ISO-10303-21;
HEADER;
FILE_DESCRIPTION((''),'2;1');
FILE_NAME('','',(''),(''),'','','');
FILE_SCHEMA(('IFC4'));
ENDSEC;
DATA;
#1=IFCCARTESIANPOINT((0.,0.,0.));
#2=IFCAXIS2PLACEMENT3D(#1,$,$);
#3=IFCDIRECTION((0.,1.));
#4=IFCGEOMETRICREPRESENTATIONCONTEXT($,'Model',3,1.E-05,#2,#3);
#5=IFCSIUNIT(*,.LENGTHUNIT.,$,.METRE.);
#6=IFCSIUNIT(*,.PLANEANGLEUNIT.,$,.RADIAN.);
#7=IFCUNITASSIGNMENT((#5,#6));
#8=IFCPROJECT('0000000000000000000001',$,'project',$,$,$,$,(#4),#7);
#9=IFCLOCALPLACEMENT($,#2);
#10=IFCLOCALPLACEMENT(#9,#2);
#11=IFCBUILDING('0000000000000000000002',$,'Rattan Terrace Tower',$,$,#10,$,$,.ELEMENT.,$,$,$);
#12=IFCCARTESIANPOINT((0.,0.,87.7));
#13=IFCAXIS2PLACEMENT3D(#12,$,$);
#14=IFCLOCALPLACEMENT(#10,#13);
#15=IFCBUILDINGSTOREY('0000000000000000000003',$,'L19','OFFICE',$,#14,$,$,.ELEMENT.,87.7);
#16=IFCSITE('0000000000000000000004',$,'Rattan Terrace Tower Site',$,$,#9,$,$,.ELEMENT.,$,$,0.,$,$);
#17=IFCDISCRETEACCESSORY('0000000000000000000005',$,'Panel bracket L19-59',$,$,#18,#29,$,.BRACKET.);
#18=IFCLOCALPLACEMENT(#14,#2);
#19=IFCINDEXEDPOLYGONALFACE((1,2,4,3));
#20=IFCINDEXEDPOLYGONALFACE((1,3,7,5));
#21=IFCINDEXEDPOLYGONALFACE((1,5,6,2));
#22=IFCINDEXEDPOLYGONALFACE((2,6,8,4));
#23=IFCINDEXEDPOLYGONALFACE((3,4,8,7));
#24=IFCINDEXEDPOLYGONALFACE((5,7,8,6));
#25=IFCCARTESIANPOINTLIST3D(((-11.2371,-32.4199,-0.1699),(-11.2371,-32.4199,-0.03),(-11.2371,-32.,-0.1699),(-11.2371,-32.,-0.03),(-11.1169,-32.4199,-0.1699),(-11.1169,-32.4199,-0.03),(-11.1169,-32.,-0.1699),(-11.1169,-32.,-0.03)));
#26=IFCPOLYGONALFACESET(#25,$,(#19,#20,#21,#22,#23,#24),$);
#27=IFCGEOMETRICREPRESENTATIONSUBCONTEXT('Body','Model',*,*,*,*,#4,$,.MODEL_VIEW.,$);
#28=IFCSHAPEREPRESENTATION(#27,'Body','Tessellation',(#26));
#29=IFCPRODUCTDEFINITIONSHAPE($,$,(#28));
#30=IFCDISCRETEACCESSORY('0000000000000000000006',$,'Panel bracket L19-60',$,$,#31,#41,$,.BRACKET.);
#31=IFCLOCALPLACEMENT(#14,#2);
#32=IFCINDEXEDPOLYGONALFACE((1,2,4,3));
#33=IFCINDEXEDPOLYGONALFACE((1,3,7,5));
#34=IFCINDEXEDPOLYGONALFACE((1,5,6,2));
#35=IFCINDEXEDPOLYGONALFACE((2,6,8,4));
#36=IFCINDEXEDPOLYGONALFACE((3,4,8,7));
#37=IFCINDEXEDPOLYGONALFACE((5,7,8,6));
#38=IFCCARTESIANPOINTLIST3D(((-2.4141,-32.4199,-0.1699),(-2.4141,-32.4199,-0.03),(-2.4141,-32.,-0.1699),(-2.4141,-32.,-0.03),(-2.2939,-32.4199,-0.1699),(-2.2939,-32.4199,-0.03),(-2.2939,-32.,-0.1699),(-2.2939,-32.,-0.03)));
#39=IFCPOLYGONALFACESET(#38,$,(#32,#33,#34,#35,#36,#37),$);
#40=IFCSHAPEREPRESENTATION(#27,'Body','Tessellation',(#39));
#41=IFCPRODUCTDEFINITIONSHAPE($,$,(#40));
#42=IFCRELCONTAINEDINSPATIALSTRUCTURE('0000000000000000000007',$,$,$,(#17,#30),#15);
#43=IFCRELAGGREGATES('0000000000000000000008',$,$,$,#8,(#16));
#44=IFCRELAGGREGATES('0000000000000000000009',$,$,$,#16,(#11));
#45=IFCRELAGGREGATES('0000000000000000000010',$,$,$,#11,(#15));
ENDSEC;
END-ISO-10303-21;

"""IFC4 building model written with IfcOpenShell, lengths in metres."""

from ifc_helpers import new_model, si_unit, direction, frame, origin, origin_2d, place, context, subcontext, project, spatial, rectangle, extrude, element, save


model = new_model("IFC4")

# Units and contexts
model_context = context("Model", 3, precision=1e-05, world=origin(), true_north=direction((0.0, 1.0)))
body_context = subcontext(model_context, "Body", "Model", "MODEL_VIEW")
ifc_project = project(units=[si_unit("LENGTHUNIT", "METRE"), si_unit("PLANEANGLEUNIT", "RADIAN")], contexts=[model_context])

# Site, building, storey
site_placement = place(None, origin())
site = spatial("IfcSite", under=ifc_project, at=site_placement, Name="Rattan Terrace Tower Site", CompositionType="ELEMENT", RefElevation=0.0)
building_placement = place(site_placement, origin())
building = spatial("IfcBuilding", under=site, at=building_placement, Name="Rattan Terrace Tower", CompositionType="ELEMENT")
storey_placement = place(building_placement, frame((0.0, 0.0, 87.7)))
storey = spatial("IfcBuildingStorey", under=building, at=storey_placement, Name="L19", Description="OFFICE", CompositionType="ELEMENT", Elevation=87.7)

# Discrete accessories
for number, where, z_axis, x_axis, name in (
    (1, (-11.177, -32.21, -0.1699), (0.0, 0.0, 1.0), (1.0, 0.0, 0.0), "Panel bracket L19-59"),
    (2, (-2.354, -32.21, -0.1699), (0.0, 0.0, 1.0), (1.0, 0.0, 0.0), "Panel bracket L19-60"),
):
    element("IfcDiscreteAccessory", number, at=place(storey_placement, frame(where, z_axis=z_axis, x_axis=x_axis)), inside=storey, Name=name, PredefinedType="BRACKET", context=body_context, shape_type="SweptSolid", body=[
        extrude(rectangle(XDim=0.1201, YDim=0.4199, at=origin_2d()), origin(), (0.0, 0.0, 1.0), 0.1399),
    ])

save(model, "model.ifc")
